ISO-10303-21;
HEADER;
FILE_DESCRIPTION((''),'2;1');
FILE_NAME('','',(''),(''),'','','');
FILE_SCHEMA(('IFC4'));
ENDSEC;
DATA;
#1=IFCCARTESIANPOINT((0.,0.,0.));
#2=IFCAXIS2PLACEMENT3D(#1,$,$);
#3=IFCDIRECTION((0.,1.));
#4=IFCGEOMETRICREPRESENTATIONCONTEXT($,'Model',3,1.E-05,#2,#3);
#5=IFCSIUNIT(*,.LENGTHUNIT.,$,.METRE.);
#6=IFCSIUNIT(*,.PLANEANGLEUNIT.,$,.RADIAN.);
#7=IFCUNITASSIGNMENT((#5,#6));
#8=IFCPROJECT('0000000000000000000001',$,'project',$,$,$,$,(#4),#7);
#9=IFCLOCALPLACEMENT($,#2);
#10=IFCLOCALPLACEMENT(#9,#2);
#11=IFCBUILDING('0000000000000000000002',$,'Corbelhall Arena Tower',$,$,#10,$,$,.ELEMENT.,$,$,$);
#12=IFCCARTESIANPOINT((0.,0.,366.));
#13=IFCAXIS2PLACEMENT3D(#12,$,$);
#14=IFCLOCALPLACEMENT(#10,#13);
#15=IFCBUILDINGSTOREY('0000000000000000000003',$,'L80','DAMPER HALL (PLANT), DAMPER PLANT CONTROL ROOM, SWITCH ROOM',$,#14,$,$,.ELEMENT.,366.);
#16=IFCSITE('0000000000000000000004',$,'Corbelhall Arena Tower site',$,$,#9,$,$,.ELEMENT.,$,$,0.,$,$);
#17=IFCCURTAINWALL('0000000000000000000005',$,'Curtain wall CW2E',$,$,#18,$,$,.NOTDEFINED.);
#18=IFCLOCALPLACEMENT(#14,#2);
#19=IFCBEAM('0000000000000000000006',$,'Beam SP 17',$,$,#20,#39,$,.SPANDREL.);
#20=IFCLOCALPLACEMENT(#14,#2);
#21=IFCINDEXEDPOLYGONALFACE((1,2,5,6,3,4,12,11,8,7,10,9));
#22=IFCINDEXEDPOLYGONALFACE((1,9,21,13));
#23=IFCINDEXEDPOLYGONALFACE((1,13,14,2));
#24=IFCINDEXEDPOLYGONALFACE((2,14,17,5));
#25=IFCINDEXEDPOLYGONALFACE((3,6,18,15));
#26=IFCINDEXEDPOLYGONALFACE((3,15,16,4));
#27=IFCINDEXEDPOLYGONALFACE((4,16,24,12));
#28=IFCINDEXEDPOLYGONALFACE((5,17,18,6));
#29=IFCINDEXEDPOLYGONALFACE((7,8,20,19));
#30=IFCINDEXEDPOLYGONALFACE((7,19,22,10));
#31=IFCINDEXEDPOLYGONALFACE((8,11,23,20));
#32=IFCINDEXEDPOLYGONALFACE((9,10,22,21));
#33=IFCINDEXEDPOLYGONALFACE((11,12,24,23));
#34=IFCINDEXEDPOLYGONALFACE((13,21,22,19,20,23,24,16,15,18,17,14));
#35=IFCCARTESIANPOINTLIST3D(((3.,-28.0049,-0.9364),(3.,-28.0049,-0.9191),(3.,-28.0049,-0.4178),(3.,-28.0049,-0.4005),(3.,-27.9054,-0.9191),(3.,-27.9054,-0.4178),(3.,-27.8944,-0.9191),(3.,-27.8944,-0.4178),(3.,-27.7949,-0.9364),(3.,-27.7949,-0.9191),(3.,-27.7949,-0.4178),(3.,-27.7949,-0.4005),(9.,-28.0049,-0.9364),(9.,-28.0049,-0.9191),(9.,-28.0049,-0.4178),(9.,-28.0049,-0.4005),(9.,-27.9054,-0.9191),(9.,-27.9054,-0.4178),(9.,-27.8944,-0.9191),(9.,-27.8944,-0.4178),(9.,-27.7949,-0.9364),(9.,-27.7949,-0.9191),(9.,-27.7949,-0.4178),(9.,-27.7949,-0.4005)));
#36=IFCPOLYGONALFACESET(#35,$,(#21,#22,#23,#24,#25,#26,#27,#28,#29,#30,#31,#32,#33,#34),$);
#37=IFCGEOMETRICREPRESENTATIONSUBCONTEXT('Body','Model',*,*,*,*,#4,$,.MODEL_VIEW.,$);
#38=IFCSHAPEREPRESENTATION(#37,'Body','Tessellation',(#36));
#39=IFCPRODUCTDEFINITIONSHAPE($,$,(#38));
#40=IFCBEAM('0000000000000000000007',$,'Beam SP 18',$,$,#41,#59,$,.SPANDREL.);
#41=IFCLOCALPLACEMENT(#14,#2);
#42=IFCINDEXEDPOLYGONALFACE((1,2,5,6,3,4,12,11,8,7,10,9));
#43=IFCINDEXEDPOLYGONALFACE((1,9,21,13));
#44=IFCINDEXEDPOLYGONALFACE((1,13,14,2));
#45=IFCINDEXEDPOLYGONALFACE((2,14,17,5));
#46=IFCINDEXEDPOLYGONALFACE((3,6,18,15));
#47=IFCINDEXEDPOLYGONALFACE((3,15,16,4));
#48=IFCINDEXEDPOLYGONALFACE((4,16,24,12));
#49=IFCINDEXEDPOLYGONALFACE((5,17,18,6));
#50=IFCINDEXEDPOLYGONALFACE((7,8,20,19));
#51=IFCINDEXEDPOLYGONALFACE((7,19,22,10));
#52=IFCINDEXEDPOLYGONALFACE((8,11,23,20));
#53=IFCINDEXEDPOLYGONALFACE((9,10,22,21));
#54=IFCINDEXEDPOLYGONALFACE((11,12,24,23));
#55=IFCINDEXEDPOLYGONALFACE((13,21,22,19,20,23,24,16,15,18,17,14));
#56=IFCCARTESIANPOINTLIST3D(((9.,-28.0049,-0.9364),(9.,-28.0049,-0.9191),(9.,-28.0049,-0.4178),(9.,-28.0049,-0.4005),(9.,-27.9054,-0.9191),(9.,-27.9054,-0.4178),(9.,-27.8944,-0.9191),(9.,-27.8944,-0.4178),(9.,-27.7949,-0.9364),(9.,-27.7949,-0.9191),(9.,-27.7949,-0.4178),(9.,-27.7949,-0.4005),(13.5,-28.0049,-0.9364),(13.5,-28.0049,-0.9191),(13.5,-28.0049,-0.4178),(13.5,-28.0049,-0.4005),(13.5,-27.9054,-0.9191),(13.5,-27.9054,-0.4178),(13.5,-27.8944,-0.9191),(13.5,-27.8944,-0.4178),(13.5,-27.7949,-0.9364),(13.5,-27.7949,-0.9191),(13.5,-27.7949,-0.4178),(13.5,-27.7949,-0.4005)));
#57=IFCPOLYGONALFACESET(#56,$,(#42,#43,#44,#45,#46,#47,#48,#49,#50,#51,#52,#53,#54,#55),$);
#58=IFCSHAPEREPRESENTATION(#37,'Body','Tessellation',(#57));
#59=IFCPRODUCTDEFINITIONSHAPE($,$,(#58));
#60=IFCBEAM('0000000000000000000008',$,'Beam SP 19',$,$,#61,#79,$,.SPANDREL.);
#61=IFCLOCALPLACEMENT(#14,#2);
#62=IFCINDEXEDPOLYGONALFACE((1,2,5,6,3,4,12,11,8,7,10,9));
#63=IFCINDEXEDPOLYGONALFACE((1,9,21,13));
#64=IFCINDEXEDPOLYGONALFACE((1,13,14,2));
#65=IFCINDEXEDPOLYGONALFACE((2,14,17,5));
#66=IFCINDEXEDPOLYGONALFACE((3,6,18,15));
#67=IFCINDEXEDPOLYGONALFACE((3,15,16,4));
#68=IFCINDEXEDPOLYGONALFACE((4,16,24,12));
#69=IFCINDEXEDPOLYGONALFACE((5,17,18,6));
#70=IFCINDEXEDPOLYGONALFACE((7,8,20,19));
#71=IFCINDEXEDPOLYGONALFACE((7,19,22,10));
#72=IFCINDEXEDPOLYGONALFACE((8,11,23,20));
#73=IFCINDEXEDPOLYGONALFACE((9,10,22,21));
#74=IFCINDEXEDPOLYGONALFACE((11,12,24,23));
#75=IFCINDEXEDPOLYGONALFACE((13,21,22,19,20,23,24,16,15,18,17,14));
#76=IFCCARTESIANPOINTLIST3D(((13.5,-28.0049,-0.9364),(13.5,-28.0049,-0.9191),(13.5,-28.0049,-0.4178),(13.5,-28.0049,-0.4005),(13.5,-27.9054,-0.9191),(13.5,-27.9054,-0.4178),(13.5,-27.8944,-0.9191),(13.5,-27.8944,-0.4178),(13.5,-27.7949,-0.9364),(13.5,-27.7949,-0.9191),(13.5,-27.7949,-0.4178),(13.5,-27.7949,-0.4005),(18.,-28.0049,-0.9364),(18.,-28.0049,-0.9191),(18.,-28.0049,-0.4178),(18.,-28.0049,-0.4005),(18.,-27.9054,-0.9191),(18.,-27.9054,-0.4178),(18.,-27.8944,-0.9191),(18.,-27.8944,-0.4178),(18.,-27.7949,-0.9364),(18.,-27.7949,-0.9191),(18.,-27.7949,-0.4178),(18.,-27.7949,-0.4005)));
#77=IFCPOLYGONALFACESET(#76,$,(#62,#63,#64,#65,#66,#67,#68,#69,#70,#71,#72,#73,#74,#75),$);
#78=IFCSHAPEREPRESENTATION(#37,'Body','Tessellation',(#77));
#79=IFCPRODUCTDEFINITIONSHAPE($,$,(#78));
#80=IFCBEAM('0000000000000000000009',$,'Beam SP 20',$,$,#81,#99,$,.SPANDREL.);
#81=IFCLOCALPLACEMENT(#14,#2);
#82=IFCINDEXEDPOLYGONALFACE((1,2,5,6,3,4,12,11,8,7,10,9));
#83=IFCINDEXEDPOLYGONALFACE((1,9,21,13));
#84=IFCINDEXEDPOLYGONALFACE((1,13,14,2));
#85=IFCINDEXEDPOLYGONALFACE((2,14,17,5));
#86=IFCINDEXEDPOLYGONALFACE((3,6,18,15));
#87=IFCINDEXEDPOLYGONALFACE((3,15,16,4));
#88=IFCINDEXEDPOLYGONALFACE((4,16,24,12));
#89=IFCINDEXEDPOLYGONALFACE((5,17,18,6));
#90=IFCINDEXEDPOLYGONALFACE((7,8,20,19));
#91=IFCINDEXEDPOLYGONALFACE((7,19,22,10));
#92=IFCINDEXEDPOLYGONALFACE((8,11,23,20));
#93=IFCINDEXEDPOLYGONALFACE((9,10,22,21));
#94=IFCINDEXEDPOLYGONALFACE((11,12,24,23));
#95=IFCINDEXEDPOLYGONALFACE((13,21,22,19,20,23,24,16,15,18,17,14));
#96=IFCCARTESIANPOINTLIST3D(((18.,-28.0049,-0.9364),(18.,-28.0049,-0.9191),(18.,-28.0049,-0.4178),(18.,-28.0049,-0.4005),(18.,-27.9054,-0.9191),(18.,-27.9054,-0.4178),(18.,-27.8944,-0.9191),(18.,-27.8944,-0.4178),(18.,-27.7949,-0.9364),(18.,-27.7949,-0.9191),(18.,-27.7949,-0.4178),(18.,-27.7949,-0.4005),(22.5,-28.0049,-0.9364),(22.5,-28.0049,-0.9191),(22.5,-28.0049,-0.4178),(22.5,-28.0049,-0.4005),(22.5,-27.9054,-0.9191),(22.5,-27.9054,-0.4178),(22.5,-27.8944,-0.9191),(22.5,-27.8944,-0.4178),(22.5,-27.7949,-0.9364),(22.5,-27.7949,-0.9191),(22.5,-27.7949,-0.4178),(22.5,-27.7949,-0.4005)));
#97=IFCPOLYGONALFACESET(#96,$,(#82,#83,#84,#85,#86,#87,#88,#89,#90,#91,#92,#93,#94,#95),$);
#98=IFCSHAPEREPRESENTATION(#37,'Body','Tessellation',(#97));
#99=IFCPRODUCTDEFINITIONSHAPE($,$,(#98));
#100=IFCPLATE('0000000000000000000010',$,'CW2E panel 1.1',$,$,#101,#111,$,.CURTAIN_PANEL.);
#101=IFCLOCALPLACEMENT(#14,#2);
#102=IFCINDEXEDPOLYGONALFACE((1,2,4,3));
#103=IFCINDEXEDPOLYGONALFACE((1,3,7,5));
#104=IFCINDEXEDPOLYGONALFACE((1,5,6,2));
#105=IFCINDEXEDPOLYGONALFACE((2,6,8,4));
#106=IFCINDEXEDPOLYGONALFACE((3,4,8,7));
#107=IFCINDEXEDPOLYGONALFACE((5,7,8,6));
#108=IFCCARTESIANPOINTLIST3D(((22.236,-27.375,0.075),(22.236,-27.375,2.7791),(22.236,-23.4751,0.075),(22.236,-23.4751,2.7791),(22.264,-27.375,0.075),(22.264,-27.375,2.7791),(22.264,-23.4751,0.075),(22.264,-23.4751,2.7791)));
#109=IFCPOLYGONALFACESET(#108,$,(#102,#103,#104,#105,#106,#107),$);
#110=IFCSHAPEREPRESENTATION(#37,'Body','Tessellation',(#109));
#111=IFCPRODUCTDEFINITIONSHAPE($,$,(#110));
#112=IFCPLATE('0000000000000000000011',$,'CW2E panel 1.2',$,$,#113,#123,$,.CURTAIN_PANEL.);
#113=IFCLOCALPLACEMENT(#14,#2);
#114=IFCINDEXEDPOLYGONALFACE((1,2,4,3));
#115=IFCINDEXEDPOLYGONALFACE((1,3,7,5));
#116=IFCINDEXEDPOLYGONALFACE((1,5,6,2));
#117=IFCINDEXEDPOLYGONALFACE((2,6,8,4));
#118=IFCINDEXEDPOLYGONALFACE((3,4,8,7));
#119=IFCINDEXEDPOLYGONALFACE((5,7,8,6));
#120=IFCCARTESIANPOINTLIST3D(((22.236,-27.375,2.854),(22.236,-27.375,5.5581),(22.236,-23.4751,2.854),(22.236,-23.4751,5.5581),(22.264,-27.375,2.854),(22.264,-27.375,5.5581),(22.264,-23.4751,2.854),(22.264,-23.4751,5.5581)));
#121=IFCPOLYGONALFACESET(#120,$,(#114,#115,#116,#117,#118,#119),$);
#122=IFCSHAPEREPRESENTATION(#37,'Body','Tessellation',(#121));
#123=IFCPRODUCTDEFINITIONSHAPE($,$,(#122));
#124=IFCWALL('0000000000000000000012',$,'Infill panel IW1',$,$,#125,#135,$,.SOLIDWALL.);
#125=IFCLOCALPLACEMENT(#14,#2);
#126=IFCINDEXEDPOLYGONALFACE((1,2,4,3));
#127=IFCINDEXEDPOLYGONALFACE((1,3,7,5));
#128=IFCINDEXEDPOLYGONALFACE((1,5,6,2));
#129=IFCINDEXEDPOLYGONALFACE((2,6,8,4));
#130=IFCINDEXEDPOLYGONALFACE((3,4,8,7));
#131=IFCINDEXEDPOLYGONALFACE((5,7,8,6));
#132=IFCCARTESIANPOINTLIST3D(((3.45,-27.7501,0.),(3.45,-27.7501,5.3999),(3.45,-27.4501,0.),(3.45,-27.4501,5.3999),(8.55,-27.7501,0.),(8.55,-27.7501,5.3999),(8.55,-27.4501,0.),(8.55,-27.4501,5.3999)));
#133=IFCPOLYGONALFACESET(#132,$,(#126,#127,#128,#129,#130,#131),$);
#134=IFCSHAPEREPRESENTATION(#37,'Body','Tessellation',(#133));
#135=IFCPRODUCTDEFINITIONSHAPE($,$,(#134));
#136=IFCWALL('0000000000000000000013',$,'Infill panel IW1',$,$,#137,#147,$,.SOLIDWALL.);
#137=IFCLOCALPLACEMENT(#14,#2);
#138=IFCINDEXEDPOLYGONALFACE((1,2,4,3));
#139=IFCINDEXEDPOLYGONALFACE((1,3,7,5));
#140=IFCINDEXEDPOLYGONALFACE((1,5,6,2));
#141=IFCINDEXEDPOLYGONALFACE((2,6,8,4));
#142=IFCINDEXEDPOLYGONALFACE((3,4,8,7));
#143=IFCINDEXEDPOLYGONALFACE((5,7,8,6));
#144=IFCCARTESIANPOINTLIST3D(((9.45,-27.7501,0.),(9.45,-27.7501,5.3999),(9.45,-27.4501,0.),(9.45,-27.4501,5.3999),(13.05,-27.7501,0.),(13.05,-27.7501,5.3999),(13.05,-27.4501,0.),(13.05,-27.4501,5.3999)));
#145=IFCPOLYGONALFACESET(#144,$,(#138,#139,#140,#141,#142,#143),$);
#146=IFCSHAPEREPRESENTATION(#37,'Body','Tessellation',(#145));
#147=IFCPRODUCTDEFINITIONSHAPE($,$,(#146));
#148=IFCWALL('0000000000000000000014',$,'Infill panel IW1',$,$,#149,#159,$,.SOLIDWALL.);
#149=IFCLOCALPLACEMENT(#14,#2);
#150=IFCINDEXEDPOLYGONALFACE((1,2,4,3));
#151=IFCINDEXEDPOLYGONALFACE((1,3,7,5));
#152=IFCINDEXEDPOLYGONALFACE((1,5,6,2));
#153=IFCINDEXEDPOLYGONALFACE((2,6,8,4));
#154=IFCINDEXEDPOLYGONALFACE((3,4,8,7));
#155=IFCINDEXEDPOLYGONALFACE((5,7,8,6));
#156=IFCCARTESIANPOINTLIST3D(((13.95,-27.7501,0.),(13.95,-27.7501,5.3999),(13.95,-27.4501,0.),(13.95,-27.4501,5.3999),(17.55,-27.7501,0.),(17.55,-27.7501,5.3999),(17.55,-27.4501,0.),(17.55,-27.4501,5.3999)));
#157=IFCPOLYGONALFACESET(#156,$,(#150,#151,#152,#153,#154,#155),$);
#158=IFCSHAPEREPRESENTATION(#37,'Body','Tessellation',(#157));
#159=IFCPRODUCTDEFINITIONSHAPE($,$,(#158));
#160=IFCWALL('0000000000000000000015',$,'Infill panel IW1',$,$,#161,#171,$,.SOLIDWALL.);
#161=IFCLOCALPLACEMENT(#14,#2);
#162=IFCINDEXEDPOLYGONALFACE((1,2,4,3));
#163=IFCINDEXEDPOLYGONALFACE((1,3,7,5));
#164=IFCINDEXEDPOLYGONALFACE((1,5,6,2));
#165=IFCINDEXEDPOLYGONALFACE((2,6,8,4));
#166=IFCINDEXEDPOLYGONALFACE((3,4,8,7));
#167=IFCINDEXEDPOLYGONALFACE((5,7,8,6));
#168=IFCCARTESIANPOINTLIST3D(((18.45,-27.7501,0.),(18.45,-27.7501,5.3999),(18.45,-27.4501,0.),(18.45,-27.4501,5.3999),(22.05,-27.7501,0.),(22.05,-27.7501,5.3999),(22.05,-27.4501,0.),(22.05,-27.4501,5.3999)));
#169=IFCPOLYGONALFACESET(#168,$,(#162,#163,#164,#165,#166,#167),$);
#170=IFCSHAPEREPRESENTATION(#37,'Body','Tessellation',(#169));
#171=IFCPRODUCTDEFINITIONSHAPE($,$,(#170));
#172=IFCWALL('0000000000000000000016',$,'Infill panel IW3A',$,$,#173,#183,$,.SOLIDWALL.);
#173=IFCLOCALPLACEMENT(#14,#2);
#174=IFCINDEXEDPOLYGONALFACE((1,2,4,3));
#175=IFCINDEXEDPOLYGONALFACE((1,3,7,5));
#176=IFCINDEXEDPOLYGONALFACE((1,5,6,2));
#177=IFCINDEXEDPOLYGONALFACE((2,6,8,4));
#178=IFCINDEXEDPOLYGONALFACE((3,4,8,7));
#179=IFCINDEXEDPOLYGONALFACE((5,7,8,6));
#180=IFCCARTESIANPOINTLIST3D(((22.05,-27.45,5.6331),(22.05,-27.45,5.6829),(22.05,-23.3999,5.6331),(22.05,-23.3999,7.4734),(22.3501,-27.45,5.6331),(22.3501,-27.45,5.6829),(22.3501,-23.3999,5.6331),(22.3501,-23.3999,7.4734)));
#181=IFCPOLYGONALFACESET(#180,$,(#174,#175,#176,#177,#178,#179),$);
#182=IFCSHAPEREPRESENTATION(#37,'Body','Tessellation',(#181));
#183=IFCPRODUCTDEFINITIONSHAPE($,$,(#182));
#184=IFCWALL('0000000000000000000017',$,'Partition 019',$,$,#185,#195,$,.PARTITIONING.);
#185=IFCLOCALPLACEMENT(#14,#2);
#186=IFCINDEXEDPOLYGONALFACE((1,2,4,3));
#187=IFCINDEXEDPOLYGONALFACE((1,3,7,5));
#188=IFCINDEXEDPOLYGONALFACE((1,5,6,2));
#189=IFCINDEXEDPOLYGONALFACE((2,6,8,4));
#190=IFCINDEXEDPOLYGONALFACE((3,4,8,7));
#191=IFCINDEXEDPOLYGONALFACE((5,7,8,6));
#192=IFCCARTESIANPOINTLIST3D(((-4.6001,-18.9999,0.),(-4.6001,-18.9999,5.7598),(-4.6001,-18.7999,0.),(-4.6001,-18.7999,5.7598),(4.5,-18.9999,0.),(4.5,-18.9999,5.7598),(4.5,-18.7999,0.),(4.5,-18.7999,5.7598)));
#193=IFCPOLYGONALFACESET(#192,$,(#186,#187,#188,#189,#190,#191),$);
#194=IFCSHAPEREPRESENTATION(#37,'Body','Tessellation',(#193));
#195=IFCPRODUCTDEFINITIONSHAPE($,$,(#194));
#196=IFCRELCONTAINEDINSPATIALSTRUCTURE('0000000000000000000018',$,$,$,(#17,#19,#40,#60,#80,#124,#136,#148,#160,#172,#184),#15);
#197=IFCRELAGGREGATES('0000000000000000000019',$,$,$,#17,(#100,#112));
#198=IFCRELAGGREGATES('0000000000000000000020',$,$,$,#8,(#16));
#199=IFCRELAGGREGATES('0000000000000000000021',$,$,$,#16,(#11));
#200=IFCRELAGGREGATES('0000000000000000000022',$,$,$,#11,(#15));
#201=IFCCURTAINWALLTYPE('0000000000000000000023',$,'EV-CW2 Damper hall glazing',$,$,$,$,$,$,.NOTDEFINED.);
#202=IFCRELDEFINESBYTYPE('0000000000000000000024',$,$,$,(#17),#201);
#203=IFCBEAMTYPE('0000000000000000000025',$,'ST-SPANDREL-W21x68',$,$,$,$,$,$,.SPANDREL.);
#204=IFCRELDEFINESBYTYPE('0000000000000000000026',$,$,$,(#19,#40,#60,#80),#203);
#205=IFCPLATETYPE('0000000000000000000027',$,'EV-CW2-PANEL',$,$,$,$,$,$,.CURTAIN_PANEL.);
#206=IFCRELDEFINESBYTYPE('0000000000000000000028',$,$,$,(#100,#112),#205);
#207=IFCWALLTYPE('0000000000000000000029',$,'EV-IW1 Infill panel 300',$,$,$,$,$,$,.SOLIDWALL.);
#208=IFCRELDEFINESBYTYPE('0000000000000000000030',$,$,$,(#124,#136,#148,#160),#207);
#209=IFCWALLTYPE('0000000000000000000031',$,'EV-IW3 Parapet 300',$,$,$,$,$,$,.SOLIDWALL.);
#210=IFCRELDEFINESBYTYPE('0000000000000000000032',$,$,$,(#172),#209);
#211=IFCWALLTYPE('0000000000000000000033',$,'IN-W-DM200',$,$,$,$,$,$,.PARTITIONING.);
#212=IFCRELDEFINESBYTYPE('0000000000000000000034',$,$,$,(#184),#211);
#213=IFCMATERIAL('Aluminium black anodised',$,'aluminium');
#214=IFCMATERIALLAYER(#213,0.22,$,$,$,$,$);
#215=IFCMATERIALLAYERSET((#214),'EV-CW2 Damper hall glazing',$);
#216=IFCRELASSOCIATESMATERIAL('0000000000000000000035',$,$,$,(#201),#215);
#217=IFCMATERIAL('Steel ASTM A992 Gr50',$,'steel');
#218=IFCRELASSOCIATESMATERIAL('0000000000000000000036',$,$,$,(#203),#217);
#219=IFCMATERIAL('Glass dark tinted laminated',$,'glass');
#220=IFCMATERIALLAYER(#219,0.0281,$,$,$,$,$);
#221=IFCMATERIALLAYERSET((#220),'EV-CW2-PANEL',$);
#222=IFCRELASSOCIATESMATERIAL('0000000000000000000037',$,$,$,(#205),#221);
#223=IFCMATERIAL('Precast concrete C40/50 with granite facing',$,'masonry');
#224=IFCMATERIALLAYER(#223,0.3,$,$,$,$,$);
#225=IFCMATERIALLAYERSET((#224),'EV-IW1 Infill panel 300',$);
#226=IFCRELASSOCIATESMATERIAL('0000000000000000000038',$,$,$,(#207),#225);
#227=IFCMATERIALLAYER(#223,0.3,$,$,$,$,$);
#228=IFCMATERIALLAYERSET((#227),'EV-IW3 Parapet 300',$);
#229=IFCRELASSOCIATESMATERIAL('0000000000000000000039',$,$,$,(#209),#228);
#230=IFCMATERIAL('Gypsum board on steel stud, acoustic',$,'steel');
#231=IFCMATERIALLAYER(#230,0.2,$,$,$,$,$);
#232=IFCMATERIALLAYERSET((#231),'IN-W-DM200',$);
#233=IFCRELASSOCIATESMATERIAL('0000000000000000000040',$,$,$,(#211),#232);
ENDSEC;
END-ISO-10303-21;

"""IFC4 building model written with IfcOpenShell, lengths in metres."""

from ifc_helpers import new_model, si_unit, direction, frame, frame_2d, origin, origin_2d, place, context, subcontext, project, spatial, polyline, rectangle, i_section, outline, extrude, material, layer, layer_set, material_profile, profile_set, type_object, element, aggregate, save


model = new_model("IFC4")

# Units and contexts
model_context = context("Model", 3, precision=1e-05, world=origin(), true_north=direction((0.0, 1.0)))
body_context = subcontext(model_context, "Body", "Model", "MODEL_VIEW")
ifc_project = project(units=[si_unit("LENGTHUNIT", "METRE"), si_unit("PLANEANGLEUNIT", "RADIAN")], contexts=[model_context])

# Site, building, storey
site_placement = place(None, origin())
site = spatial("IfcSite", under=ifc_project, at=site_placement, Name="Corbelhall Arena Tower site", CompositionType="ELEMENT", RefElevation=0.0)
building_placement = place(site_placement, origin())
building = spatial("IfcBuilding", under=site, at=building_placement, Name="Corbelhall Arena Tower", CompositionType="ELEMENT")
storey_placement = place(building_placement, frame((0.0, 0.0, 366.0)))
storey = spatial("IfcBuildingStorey", under=building, at=storey_placement, Name="L80", Description="DAMPER HALL (PLANT), DAMPER PLANT CONTROL ROOM, SWITCH ROOM", CompositionType="ELEMENT", Elevation=366.0)

# Curtain wall
ifc_material_1 = material(Name="Aluminium black anodised", Category="aluminium")
ifc_layer_1 = layer(ifc_material_1, 0.22)
ifc_layer_set_1 = layer_set([ifc_layer_1], Name="EV-CW2 Damper hall glazing")
curtain_wall_type = type_object("IfcCurtainWallType", Name="EV-CW2 Damper hall glazing", PredefinedType="NOTDEFINED", material=ifc_layer_set_1)
curtain_wall_placement = place(storey_placement, origin())
curtain_wall = element("IfcCurtainWall", 1, at=curtain_wall_placement, inside=storey, type_object=curtain_wall_type, Name="Curtain wall CW2E", PredefinedType="NOTDEFINED")

# Beams
ifc_material_2 = material(Name="Steel ASTM A992 Gr50", Category="steel")
ifc_material_profile_1 = material_profile(ifc_material_2, i_section(OverallWidth=0.21, OverallDepth=0.5359, WebThickness=0.011, FlangeThickness=0.0173, at=origin_2d()))
ifc_profile_set_1 = profile_set([ifc_material_profile_1], Name="Steel ASTM A992 Gr50")
beam_type = type_object("IfcBeamType", Name="ST-SPANDREL-W21x68", PredefinedType="SPANDREL", material=ifc_profile_set_1)
for number, where, z_axis, x_axis, name in (
    (2, (9.0, -27.8999, -0.6685), (-1.0, 0.0, 0.0), (0.0, -1.0, 0.0), "Beam SP 17"),
):
    element("IfcBeam", number, at=place(storey_placement, frame(where, z_axis=z_axis, x_axis=x_axis)), inside=storey, type_object=beam_type, Name=name, PredefinedType="SPANDREL", context=body_context, shape_type="SweptSolid", body=[
        extrude(i_section(OverallWidth=0.21, OverallDepth=0.5359, WebThickness=0.011, FlangeThickness=0.0173, at=origin_2d()), origin(), (0.0, 0.0, 1.0), 6.0),
    ])
for number, where, z_axis, x_axis, name in (
    (3, (13.5, -27.8999, -0.6685), (-1.0, 0.0, 0.0), (0.0, -1.0, 0.0), "Beam SP 18"),
    (4, (18.0, -27.8999, -0.6685), (-1.0, 0.0, 0.0), (0.0, -1.0, 0.0), "Beam SP 19"),
    (5, (22.5, -27.8999, -0.6685), (-1.0, 0.0, 0.0), (0.0, -1.0, 0.0), "Beam SP 20"),
):
    element("IfcBeam", number, at=place(storey_placement, frame(where, z_axis=z_axis, x_axis=x_axis)), inside=storey, type_object=beam_type, Name=name, PredefinedType="SPANDREL", context=body_context, shape_type="SweptSolid", body=[
        extrude(i_section(OverallWidth=0.21, OverallDepth=0.5359, WebThickness=0.011, FlangeThickness=0.0173, at=origin_2d()), origin(), (0.0, 0.0, 1.0), 4.5),
    ])

# Plates
ifc_material_3 = material(Name="Glass dark tinted laminated", Category="glass")
ifc_layer_2 = layer(ifc_material_3, 0.0281)
ifc_layer_set_2 = layer_set([ifc_layer_2], Name="EV-CW2-PANEL")
plate_type = type_object("IfcPlateType", Name="EV-CW2-PANEL", PredefinedType="CURTAIN_PANEL", material=ifc_layer_set_2)
plate_1_placement = place(storey_placement, frame((22.25, -25.425, 0.075), z_axis=(0.0, 0.0, 1.0), x_axis=(0.0, 1.0, 0.0)))
plate_1 = element("IfcPlate", 6, at=plate_1_placement, type_object=plate_type, Name="CW2E panel 1.1", PredefinedType="CURTAIN_PANEL", context=body_context, shape_type="SweptSolid", body=[
    extrude(rectangle(XDim=3.8999, YDim=0.0281, at=origin_2d()), origin(), (0.0, 0.0, 1.0), 2.7041),
])
plate_2_placement = place(storey_placement, frame((22.25, -25.425, 2.854), z_axis=(0.0, 0.0, 1.0), x_axis=(0.0, 1.0, 0.0)))
plate_2 = element("IfcPlate", 7, at=plate_2_placement, type_object=plate_type, Name="CW2E panel 1.2", PredefinedType="CURTAIN_PANEL", context=body_context, shape_type="SweptSolid", body=[
    extrude(rectangle(XDim=3.8999, YDim=0.0281, at=origin_2d()), origin(), (0.0, 0.0, 1.0), 2.7041),
])
aggregate(curtain_wall, [plate_1, plate_2])

# Walls
ifc_material_4 = material(Name="Precast concrete C40/50 with granite facing", Category="masonry")
ifc_layer_3 = layer(ifc_material_4, 0.3)
ifc_layer_set_3 = layer_set([ifc_layer_3], Name="EV-IW1 Infill panel 300")
wall_type_1 = type_object("IfcWallType", Name="EV-IW1 Infill panel 300", PredefinedType="SOLIDWALL", material=ifc_layer_set_3)
wall_1_placement = place(storey_placement, frame((3.45, -27.6001, 0.0), z_axis=(0.0, 0.0, 1.0), x_axis=(1.0, 0.0, 0.0)))
element("IfcWall", 8, at=wall_1_placement, inside=storey, type_object=wall_type_1, Name="Infill panel IW1", PredefinedType="SOLIDWALL", context=body_context, shape_type="SweptSolid", body=[
    extrude(rectangle(XDim=5.1001, YDim=0.3, at=frame_2d((2.55, 0.0))), origin(), (0.0, 0.0, 1.0), 5.3999),
])
for number, where, z_axis, x_axis, name in (
    (9, (9.45, -27.6001, 0.0), (0.0, 0.0, 1.0), (1.0, 0.0, 0.0), "Infill panel IW1"),
    (10, (13.95, -27.6001, 0.0), (0.0, 0.0, 1.0), (1.0, 0.0, 0.0), "Infill panel IW1"),
    (11, (18.45, -27.6001, 0.0), (0.0, 0.0, 1.0), (1.0, 0.0, 0.0), "Infill panel IW1"),
):
    element("IfcWall", number, at=place(storey_placement, frame(where, z_axis=z_axis, x_axis=x_axis)), inside=storey, type_object=wall_type_1, Name=name, PredefinedType="SOLIDWALL", context=body_context, shape_type="SweptSolid", body=[
        extrude(rectangle(XDim=3.6001, YDim=0.3, at=frame_2d((1.8, 0.0))), origin(), (0.0, 0.0, 1.0), 5.3999),
    ])
ifc_layer_4 = layer(ifc_material_4, 0.3)
ifc_layer_set_4 = layer_set([ifc_layer_4], Name="EV-IW3 Parapet 300")
wall_type_2 = type_object("IfcWallType", Name="EV-IW3 Parapet 300", PredefinedType="SOLIDWALL", material=ifc_layer_set_4)
wall_2_placement = place(storey_placement, frame((22.2, -27.45, 5.6331), z_axis=(0.0, 0.0, 1.0), x_axis=(0.0, 1.0, 0.0)))
element("IfcWall", 12, at=wall_2_placement, inside=storey, type_object=wall_type_2, Name="Infill panel IW3A", PredefinedType="SOLIDWALL", context=body_context, shape_type="SweptSolid", body=[
    extrude(outline(polyline([(0.0, 0.0), (4.05, 0.0), (4.05, 1.8403), (0.0, 0.0498), (0.0, 0.0)])), frame((0.0, 0.1499, 0.0), z_axis=(0.0, -1.0, 0.0), x_axis=(1.0, 0.0, 0.0)), (0.0, 0.0, 1.0), 0.3),
])
ifc_material_5 = material(Name="Gypsum board on steel stud, acoustic", Category="steel")
ifc_layer_5 = layer(ifc_material_5, 0.2)
ifc_layer_set_5 = layer_set([ifc_layer_5], Name="IN-W-DM200")
wall_type_3 = type_object("IfcWallType", Name="IN-W-DM200", PredefinedType="PARTITIONING", material=ifc_layer_set_5)
wall_3_placement = place(storey_placement, frame((4.5, -18.8999, 0.0), z_axis=(0.0, 0.0, 1.0), x_axis=(-1.0, 0.0, 0.0)))
element("IfcWall", 13, at=wall_3_placement, inside=storey, type_object=wall_type_3, Name="Partition 019", PredefinedType="PARTITIONING", context=body_context, shape_type="SweptSolid", body=[
    extrude(rectangle(XDim=9.1001, YDim=0.2, at=frame_2d((4.55, 0.0))), origin(), (0.0, 0.0, 1.0), 5.7598),
])

save(model, "model.ifc")
